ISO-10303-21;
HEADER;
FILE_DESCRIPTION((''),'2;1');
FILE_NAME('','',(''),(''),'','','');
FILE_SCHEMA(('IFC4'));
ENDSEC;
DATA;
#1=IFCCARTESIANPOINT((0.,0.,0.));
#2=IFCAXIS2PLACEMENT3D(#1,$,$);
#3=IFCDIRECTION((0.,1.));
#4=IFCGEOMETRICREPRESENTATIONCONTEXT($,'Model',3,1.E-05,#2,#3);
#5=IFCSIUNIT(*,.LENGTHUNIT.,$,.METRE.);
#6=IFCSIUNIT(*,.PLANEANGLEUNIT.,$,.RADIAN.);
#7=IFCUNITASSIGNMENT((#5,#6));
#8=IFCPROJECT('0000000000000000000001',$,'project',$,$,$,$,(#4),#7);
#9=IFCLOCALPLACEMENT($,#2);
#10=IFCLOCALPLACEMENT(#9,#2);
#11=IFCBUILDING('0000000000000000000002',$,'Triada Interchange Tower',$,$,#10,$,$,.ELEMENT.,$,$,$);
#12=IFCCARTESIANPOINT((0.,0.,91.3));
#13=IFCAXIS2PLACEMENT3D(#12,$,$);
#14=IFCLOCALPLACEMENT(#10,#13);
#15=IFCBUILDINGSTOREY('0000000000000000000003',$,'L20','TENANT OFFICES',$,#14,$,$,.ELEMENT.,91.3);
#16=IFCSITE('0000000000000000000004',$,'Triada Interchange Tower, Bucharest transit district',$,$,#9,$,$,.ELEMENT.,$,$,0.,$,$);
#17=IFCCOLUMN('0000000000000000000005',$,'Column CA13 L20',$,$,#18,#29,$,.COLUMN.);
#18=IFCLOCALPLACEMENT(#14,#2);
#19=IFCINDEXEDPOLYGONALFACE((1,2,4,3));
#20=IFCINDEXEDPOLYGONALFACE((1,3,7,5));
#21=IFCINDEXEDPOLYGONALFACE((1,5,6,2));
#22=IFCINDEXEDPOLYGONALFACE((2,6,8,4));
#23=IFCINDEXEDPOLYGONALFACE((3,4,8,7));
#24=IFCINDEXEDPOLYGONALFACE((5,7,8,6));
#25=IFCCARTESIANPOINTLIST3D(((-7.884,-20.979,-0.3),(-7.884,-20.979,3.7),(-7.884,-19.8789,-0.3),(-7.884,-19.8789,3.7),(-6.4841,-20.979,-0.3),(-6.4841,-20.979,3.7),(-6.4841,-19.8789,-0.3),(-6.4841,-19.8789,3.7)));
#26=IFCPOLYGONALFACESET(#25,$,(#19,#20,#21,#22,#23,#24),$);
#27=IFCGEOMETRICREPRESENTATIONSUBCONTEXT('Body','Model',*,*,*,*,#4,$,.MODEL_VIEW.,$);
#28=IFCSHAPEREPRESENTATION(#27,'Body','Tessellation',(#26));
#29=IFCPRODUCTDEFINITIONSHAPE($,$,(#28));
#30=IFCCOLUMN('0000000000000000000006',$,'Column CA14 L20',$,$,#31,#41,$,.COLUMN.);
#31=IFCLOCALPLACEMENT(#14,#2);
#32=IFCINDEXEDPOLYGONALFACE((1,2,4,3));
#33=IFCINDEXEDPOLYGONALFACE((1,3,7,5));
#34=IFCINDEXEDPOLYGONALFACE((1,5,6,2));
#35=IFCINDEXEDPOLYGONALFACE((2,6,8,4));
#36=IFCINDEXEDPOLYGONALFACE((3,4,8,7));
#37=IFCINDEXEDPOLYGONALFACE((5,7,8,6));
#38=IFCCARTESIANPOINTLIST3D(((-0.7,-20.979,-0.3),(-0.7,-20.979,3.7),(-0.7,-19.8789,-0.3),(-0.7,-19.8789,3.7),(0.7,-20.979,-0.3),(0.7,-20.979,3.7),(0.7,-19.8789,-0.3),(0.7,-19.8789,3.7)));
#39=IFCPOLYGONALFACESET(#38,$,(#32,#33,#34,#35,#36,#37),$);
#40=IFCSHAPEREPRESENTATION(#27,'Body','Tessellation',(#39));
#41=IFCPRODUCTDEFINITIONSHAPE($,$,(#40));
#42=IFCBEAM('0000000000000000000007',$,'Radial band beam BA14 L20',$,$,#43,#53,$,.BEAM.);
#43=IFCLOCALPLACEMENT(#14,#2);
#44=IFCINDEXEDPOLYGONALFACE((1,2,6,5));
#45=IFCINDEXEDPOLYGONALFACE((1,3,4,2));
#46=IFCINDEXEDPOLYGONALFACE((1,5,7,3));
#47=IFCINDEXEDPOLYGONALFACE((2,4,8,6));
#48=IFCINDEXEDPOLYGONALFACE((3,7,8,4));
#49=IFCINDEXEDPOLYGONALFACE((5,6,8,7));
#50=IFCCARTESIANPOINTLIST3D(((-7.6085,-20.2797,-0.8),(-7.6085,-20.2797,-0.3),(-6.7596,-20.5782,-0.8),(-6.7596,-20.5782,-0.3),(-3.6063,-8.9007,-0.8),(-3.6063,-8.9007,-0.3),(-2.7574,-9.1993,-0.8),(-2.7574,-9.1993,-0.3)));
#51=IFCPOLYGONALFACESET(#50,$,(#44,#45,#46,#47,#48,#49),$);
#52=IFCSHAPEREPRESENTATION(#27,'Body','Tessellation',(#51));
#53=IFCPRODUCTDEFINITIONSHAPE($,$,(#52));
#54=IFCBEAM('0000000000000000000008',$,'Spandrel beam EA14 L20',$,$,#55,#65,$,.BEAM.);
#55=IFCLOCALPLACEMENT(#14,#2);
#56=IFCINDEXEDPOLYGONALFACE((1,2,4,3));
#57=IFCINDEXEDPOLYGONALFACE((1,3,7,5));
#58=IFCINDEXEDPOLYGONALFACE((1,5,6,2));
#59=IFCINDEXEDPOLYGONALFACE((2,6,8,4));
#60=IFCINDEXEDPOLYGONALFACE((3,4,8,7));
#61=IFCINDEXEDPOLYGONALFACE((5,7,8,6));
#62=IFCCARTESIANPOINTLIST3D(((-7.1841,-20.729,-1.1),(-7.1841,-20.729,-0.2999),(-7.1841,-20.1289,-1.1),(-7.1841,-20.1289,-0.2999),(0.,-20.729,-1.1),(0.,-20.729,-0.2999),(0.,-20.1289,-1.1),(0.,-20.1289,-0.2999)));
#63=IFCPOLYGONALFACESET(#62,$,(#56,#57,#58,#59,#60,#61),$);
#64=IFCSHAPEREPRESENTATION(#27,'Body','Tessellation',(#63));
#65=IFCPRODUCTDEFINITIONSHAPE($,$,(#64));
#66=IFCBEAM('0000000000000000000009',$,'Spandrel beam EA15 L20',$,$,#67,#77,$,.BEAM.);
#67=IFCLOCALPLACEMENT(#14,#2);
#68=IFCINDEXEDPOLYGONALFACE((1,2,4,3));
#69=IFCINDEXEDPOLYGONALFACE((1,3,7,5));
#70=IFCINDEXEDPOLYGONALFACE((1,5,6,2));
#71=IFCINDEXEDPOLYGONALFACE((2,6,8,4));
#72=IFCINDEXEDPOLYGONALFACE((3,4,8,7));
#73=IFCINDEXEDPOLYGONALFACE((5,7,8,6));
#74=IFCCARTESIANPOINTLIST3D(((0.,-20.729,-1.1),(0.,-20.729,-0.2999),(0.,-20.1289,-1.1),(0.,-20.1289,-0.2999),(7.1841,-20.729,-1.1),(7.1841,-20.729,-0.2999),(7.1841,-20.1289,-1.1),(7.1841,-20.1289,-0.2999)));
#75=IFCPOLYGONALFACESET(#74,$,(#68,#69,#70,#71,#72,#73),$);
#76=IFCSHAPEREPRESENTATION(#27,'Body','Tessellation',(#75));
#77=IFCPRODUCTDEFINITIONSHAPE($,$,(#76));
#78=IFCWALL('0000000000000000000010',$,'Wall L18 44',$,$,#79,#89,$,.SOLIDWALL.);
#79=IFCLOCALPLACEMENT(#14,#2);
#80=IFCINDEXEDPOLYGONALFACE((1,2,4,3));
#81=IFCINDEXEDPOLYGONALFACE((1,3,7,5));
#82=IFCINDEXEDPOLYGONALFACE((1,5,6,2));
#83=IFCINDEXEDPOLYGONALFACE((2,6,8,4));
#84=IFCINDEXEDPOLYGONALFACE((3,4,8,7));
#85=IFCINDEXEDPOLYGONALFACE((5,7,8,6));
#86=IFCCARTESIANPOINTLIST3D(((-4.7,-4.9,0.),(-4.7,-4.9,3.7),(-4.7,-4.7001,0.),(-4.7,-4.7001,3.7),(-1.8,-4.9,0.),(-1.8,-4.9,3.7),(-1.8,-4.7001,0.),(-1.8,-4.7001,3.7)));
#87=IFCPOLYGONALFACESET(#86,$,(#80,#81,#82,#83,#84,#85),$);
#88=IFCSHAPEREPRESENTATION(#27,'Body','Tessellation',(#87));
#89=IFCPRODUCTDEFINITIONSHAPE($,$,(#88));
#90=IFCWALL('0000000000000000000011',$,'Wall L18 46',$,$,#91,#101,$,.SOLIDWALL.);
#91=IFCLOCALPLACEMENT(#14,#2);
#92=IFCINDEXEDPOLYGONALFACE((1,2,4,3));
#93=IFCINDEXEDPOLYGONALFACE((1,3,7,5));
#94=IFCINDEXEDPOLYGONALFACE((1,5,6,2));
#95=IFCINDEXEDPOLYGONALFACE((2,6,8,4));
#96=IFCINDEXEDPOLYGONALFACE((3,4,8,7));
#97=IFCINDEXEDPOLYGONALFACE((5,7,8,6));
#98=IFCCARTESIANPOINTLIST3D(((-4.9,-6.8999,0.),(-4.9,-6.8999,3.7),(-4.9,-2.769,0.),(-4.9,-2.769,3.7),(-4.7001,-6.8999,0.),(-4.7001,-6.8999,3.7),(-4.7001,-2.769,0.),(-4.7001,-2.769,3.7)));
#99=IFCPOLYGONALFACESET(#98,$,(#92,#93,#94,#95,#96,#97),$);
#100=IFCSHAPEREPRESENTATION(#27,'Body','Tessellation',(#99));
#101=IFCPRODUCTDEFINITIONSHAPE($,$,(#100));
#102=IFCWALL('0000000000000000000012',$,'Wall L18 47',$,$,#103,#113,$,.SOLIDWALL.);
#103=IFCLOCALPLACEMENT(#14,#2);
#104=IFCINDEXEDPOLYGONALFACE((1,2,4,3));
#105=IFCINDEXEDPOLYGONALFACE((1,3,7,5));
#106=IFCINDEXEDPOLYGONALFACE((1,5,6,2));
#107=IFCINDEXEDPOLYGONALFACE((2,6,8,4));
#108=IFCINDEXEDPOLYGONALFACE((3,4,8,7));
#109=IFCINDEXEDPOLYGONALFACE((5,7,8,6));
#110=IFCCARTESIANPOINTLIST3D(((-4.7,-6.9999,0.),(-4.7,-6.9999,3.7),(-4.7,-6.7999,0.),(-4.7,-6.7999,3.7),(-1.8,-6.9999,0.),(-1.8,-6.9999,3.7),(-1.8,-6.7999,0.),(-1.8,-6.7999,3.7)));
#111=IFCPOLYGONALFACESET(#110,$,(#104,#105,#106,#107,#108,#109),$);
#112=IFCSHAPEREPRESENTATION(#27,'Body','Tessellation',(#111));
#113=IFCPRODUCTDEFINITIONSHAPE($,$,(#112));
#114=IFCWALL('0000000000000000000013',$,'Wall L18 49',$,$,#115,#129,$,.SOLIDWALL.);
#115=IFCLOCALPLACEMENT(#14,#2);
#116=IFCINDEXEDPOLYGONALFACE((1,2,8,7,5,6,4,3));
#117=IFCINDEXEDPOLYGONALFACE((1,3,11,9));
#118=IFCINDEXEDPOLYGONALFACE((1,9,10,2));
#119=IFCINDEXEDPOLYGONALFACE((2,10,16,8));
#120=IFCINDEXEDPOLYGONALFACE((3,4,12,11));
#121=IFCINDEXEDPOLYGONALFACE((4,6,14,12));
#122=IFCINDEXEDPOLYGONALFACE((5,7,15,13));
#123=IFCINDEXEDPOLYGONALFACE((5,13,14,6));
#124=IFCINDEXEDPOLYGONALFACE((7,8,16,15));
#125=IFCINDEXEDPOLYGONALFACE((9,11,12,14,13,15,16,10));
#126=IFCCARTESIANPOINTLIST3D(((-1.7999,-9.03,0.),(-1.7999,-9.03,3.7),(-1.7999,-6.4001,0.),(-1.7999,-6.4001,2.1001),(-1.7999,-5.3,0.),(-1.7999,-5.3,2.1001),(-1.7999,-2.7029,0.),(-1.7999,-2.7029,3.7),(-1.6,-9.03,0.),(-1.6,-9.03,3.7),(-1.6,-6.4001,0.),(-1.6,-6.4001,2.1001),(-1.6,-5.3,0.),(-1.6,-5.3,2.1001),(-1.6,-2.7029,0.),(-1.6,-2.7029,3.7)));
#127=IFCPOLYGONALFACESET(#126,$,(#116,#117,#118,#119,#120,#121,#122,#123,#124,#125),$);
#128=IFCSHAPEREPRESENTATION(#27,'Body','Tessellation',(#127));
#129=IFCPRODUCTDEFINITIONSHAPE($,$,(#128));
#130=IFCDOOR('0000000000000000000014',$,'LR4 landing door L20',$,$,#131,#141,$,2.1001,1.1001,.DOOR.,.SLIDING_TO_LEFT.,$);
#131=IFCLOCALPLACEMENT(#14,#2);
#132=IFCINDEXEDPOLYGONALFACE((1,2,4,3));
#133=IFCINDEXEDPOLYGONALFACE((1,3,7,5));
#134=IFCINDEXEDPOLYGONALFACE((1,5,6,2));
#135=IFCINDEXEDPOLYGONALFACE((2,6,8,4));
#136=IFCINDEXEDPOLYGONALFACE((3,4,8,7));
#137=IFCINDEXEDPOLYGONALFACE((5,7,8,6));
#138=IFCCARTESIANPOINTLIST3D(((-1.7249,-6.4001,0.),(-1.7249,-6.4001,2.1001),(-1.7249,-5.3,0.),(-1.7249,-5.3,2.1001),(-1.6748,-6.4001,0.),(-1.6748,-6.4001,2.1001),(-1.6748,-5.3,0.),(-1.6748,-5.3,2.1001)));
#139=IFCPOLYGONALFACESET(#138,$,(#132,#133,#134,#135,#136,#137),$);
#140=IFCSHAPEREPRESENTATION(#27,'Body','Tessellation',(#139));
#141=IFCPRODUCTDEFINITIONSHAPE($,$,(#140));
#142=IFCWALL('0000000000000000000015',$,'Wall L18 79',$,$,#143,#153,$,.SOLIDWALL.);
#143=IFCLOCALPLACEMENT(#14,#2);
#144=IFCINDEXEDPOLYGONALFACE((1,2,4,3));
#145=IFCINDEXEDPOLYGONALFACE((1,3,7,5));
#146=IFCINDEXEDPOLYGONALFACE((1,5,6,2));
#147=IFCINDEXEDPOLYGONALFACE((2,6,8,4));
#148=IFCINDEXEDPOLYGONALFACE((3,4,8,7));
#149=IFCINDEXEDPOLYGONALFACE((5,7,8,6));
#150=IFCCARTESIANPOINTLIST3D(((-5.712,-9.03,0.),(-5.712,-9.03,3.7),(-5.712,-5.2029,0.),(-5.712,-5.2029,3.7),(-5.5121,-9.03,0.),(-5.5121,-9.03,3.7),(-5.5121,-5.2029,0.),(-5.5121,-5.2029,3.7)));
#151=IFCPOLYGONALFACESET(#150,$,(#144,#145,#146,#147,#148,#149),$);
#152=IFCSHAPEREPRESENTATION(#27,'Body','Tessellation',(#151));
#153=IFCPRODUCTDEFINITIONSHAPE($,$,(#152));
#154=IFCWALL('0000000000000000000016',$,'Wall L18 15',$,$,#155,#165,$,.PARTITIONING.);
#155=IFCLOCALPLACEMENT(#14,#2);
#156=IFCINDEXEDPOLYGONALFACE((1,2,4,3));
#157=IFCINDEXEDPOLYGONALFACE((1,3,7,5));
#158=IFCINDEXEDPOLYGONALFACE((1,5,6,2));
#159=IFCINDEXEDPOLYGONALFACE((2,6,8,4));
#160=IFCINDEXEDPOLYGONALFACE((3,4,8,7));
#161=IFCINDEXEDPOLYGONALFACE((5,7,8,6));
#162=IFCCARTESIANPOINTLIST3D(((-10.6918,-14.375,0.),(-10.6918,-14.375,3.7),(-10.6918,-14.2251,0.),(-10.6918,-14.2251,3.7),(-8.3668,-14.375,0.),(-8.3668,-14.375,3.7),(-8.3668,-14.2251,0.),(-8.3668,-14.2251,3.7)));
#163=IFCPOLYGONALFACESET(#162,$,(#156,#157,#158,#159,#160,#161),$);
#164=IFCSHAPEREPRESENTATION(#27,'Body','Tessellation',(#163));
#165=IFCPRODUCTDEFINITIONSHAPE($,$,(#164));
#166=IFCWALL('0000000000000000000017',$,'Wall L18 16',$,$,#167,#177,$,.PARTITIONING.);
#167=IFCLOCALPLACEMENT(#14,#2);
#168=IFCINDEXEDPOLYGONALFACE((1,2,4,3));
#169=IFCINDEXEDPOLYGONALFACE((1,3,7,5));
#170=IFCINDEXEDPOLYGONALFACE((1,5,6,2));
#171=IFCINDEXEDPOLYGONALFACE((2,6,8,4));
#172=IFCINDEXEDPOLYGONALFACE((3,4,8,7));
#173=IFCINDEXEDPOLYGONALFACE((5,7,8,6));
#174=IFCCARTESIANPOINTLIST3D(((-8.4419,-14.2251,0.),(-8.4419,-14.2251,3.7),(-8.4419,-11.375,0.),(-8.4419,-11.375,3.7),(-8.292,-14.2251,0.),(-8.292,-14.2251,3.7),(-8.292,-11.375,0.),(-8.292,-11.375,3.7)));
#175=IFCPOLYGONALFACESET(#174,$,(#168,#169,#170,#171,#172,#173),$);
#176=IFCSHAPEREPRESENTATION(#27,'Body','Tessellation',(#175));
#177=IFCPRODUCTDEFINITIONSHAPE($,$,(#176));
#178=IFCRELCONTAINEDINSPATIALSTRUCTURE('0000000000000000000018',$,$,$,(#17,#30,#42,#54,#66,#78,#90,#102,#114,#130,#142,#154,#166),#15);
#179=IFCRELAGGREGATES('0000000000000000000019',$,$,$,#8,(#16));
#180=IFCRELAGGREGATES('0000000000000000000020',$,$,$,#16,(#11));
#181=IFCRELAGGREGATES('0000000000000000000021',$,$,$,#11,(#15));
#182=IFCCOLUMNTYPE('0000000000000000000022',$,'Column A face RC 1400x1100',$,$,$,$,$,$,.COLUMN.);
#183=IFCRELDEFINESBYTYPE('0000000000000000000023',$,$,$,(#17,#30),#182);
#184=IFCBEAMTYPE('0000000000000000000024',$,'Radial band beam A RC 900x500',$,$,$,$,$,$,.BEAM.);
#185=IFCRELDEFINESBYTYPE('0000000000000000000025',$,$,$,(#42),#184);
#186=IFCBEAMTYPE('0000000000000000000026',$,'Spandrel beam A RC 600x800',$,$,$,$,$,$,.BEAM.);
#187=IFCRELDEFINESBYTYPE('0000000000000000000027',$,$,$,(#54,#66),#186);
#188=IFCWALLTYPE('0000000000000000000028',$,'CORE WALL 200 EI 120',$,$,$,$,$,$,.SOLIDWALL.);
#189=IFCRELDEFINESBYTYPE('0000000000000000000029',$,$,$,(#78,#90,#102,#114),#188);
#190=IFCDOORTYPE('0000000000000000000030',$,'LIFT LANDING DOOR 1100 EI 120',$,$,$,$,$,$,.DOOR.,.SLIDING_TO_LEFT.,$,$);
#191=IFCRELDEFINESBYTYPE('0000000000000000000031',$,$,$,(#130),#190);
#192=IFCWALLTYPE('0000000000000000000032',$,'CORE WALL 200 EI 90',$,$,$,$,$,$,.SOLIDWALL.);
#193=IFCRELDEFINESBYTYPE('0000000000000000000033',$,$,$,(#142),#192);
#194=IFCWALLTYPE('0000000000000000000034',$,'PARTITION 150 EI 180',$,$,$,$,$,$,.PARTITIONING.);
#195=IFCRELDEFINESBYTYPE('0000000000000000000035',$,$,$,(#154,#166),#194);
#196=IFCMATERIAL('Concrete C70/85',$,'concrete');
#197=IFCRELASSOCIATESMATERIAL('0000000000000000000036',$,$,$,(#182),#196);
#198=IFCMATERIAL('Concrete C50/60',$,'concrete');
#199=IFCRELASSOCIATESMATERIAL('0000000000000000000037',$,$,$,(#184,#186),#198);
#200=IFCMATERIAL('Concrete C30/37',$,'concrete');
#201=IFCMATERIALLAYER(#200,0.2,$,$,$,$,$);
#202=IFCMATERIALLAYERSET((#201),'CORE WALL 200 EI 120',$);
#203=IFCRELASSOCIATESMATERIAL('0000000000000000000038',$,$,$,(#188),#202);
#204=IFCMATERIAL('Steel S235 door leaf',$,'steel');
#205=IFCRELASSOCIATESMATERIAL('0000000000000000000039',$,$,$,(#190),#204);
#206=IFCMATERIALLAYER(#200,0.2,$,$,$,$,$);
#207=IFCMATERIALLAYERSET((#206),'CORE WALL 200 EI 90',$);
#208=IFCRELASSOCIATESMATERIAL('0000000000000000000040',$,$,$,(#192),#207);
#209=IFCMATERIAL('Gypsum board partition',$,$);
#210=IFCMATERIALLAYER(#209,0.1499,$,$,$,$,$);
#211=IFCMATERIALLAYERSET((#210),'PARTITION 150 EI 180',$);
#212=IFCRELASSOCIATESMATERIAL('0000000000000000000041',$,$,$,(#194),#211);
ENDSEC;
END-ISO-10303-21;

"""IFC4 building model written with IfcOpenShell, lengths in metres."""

from ifc_helpers import new_model, si_unit, direction, frame, frame_2d, origin, origin_2d, place, context, subcontext, project, spatial, rectangle, extrude, material, layer, layer_set, material_profile, profile_set, type_object, element, fill, save


model = new_model("IFC4")

# Units and contexts
model_context = context("Model", 3, precision=1e-05, world=origin(), true_north=direction((0.0, 1.0)))
body_context = subcontext(model_context, "Body", "Model", "MODEL_VIEW")
ifc_project = project(units=[si_unit("LENGTHUNIT", "METRE"), si_unit("PLANEANGLEUNIT", "RADIAN")], contexts=[model_context])

# Site, building, storey
site_placement = place(None, origin())
site = spatial("IfcSite", under=ifc_project, at=site_placement, Name="Triada Interchange Tower, Bucharest transit district", CompositionType="ELEMENT", RefElevation=0.0)
building_placement = place(site_placement, origin())
building = spatial("IfcBuilding", under=site, at=building_placement, Name="Triada Interchange Tower", CompositionType="ELEMENT")
storey_placement = place(building_placement, frame((0.0, 0.0, 91.3)))
storey = spatial("IfcBuildingStorey", under=building, at=storey_placement, Name="L20", Description="TENANT OFFICES", CompositionType="ELEMENT", Elevation=91.3)

# Columns
ifc_material_1 = material(Name="Concrete C70/85", Category="concrete")
ifc_material_profile_1 = material_profile(ifc_material_1, rectangle(XDim=1.3999, YDim=1.1001, at=origin_2d()), Name="RC 1400x1100")
ifc_profile_set_1 = profile_set([ifc_material_profile_1], Name="Concrete C70/85")
column_type = type_object("IfcColumnType", Name="Column A face RC 1400x1100", PredefinedType="COLUMN", material=ifc_profile_set_1)
for number, where, z_axis, x_axis, name in (
    (1, (-7.1841, -20.429, -0.3), (0.0, 0.0, 1.0), (1.0, 0.0, 0.0), "Column CA13 L20"),
    (2, (0.0, -20.429, -0.3), (0.0, 0.0, 1.0), (1.0, 0.0, 0.0), "Column CA14 L20"),
):
    element("IfcColumn", number, at=place(storey_placement, frame(where, z_axis=z_axis, x_axis=x_axis)), inside=storey, type_object=column_type, Name=name, PredefinedType="COLUMN", context=body_context, shape_type="SweptSolid", body=[
        extrude(rectangle(XDim=1.3999, YDim=1.1001, at=origin_2d()), origin(), (0.0, 0.0, 1.0), 4.0),
    ])

# Beams
ifc_material_2 = material(Name="Concrete C50/60", Category="concrete")
ifc_material_profile_2 = material_profile(ifc_material_2, rectangle(XDim=0.8999, YDim=0.5, at=origin_2d()), Name="RC 900x500")
ifc_profile_set_2 = profile_set([ifc_material_profile_2], Name="Concrete C50/60")
beam_type_1 = type_object("IfcBeamType", Name="Radial band beam A RC 900x500", PredefinedType="BEAM", material=ifc_profile_set_2)
beam_placement = place(storey_placement, frame((-7.1841, -20.429, -0.55), z_axis=(0.331796, 0.943351, 0.0), x_axis=(-0.943351, 0.331796, 0.0)))
element("IfcBeam", 3, at=beam_placement, inside=storey, type_object=beam_type_1, Name="Radial band beam BA14 L20", PredefinedType="BEAM", context=body_context, shape_type="SweptSolid", body=[
    extrude(rectangle(XDim=0.8999, YDim=0.5, at=origin_2d()), origin(), (0.0, 0.0, 1.0), 12.0623),
])
ifc_material_profile_3 = material_profile(ifc_material_2, rectangle(XDim=0.6001, YDim=0.8, at=origin_2d()), Name="RC 600x800")
ifc_profile_set_3 = profile_set([ifc_material_profile_3], Name="Concrete C50/60")
beam_type_2 = type_object("IfcBeamType", Name="Spandrel beam A RC 600x800", PredefinedType="BEAM", material=ifc_profile_set_3)
for number, where, z_axis, x_axis, name in (
    (4, (-7.1841, -20.429, -0.7), (1.0, 0.0, 0.0), (0.0, 1.0, 0.0), "Spandrel beam EA14 L20"),
    (5, (0.0, -20.429, -0.7), (1.0, 0.0, 0.0), (0.0, 1.0, 0.0), "Spandrel beam EA15 L20"),
):
    element("IfcBeam", number, at=place(storey_placement, frame(where, z_axis=z_axis, x_axis=x_axis)), inside=storey, type_object=beam_type_2, Name=name, PredefinedType="BEAM", context=body_context, shape_type="SweptSolid", body=[
        extrude(rectangle(XDim=0.6001, YDim=0.8, at=origin_2d()), origin(), (0.0, 0.0, 1.0), 7.1841),
    ])

# Walls
ifc_material_3 = material(Name="Concrete C30/37", Category="concrete")
ifc_layer_1 = layer(ifc_material_3, 0.2)
ifc_layer_set_1 = layer_set([ifc_layer_1], Name="CORE WALL 200 EI 120")
wall_type_1 = type_object("IfcWallType", Name="CORE WALL 200 EI 120", PredefinedType="SOLIDWALL", material=ifc_layer_set_1)
wall_1_placement = place(storey_placement, frame((-4.7, -4.8, 0.0), z_axis=(0.0, 0.0, 1.0), x_axis=(1.0, 0.0, 0.0)))
element("IfcWall", 6, at=wall_1_placement, inside=storey, type_object=wall_type_1, Name="Wall L18 44", PredefinedType="SOLIDWALL", context=body_context, shape_type="SweptSolid", body=[
    extrude(rectangle(XDim=2.8999, YDim=0.2, at=frame_2d((1.45, 0.0))), origin(), (0.0, 0.0, 1.0), 3.7),
])
wall_2_placement = place(storey_placement, frame((-4.8, -6.8999, 0.0), z_axis=(0.0, 0.0, 1.0), x_axis=(0.0, 1.0, 0.0)))
element("IfcWall", 7, at=wall_2_placement, inside=storey, type_object=wall_type_1, Name="Wall L18 46", PredefinedType="SOLIDWALL", context=body_context, shape_type="SweptSolid", body=[
    extrude(rectangle(XDim=4.1309, YDim=0.2, at=frame_2d((2.0654, 0.0))), origin(), (0.0, 0.0, 1.0), 3.7),
])
wall_3_placement = place(storey_placement, frame((-4.7, -6.8999, 0.0), z_axis=(0.0, 0.0, 1.0), x_axis=(1.0, 0.0, 0.0)))
element("IfcWall", 8, at=wall_3_placement, inside=storey, type_object=wall_type_1, Name="Wall L18 47", PredefinedType="SOLIDWALL", context=body_context, shape_type="SweptSolid", body=[
    extrude(rectangle(XDim=2.8999, YDim=0.2, at=frame_2d((1.45, 0.0))), origin(), (0.0, 0.0, 1.0), 3.7),
])

# Wall, opening, door
wall_4_placement = place(storey_placement, frame((-1.7, -9.03, 0.0), z_axis=(0.0, 0.0, 1.0), x_axis=(0.0, 1.0, 0.0)))
wall_4 = element("IfcWall", 9, at=wall_4_placement, inside=storey, type_object=wall_type_1, Name="Wall L18 49", PredefinedType="SOLIDWALL", context=body_context, shape_type="SweptSolid", body=[
    extrude(rectangle(XDim=6.3271, YDim=0.2, at=frame_2d((3.1636, 0.0))), origin(), (0.0, 0.0, 1.0), 3.7),
])
opening_placement = place(wall_4_placement, frame((2.6299, 0.0, 0.0)))
opening = element("IfcOpeningElement", 10, at=opening_placement, cuts=wall_4, PredefinedType="OPENING", context=body_context, shape_type="SweptSolid", body=[
    extrude(rectangle(XDim=1.1001, YDim=2.1001, at=frame_2d((0.55, 1.05))), frame((0.0, 0.1099, 0.0), z_axis=(0.0, -1.0, 0.0), x_axis=(1.0, 0.0, 0.0)), (0.0, 0.0, 1.0), 0.22),
])
ifc_material_4 = material(Name="Steel S235 door leaf", Category="steel")
door_type = type_object("IfcDoorType", Name="LIFT LANDING DOOR 1100 EI 120", OperationType="SLIDING_TO_LEFT", PredefinedType="DOOR", material=ifc_material_4)
door_placement = place(opening_placement, origin())
door = element("IfcDoor", 11, at=door_placement, inside=storey, type_object=door_type, Name="LR4 landing door L20", OperationType="SLIDING_TO_LEFT", OverallHeight=2.1001, OverallWidth=1.1001, PredefinedType="DOOR", context=body_context, shape_type="SweptSolid", body=[
    extrude(rectangle(XDim=1.1001, YDim=2.1001, at=frame_2d((0.55, 1.05))), frame((0.0, 0.0249, 0.0), z_axis=(0.0, -1.0, 0.0), x_axis=(1.0, 0.0, 0.0)), (0.0, 0.0, 1.0), 0.05),
])
fill(opening, door)

# Walls
ifc_layer_2 = layer(ifc_material_3, 0.2)
ifc_layer_set_2 = layer_set([ifc_layer_2], Name="CORE WALL 200 EI 90")
wall_type_2 = type_object("IfcWallType", Name="CORE WALL 200 EI 90", PredefinedType="SOLIDWALL", material=ifc_layer_set_2)
wall_5_placement = place(storey_placement, frame((-5.6121, -9.03, 0.0), z_axis=(0.0, 0.0, 1.0), x_axis=(0.0, 1.0, 0.0)))
element("IfcWall", 12, at=wall_5_placement, inside=storey, type_object=wall_type_2, Name="Wall L18 79", PredefinedType="SOLIDWALL", context=body_context, shape_type="SweptSolid", body=[
    extrude(rectangle(XDim=3.8271, YDim=0.2, at=frame_2d((1.9136, 0.0))), origin(), (0.0, 0.0, 1.0), 3.7),
])
ifc_material_5 = material(Name="Gypsum board partition")
ifc_layer_3 = layer(ifc_material_5, 0.1499)
ifc_layer_set_3 = layer_set([ifc_layer_3], Name="PARTITION 150 EI 180")
wall_type_3 = type_object("IfcWallType", Name="PARTITION 150 EI 180", PredefinedType="PARTITIONING", material=ifc_layer_set_3)
wall_6_placement = place(storey_placement, frame((-10.6919, -14.3, 0.0), z_axis=(0.0, 0.0, 1.0), x_axis=(1.0, 0.0, 0.0)))
element("IfcWall", 13, at=wall_6_placement, inside=storey, type_object=wall_type_3, Name="Wall L18 15", PredefinedType="PARTITIONING", context=body_context, shape_type="SweptSolid", body=[
    extrude(rectangle(XDim=2.325, YDim=0.1499, at=frame_2d((1.1626, 0.0))), origin(), (0.0, 0.0, 1.0), 3.7),
])
wall_7_placement = place(storey_placement, frame((-8.3669, -14.2251, 0.0), z_axis=(0.0, 0.0, 1.0), x_axis=(0.0, 1.0, 0.0)))
element("IfcWall", 14, at=wall_7_placement, inside=storey, type_object=wall_type_3, Name="Wall L18 16", PredefinedType="PARTITIONING", context=body_context, shape_type="SweptSolid", body=[
    extrude(rectangle(XDim=2.8501, YDim=0.1499, at=frame_2d((1.425, 0.0))), origin(), (0.0, 0.0, 1.0), 3.7),
])

save(model, "model.ifc")
